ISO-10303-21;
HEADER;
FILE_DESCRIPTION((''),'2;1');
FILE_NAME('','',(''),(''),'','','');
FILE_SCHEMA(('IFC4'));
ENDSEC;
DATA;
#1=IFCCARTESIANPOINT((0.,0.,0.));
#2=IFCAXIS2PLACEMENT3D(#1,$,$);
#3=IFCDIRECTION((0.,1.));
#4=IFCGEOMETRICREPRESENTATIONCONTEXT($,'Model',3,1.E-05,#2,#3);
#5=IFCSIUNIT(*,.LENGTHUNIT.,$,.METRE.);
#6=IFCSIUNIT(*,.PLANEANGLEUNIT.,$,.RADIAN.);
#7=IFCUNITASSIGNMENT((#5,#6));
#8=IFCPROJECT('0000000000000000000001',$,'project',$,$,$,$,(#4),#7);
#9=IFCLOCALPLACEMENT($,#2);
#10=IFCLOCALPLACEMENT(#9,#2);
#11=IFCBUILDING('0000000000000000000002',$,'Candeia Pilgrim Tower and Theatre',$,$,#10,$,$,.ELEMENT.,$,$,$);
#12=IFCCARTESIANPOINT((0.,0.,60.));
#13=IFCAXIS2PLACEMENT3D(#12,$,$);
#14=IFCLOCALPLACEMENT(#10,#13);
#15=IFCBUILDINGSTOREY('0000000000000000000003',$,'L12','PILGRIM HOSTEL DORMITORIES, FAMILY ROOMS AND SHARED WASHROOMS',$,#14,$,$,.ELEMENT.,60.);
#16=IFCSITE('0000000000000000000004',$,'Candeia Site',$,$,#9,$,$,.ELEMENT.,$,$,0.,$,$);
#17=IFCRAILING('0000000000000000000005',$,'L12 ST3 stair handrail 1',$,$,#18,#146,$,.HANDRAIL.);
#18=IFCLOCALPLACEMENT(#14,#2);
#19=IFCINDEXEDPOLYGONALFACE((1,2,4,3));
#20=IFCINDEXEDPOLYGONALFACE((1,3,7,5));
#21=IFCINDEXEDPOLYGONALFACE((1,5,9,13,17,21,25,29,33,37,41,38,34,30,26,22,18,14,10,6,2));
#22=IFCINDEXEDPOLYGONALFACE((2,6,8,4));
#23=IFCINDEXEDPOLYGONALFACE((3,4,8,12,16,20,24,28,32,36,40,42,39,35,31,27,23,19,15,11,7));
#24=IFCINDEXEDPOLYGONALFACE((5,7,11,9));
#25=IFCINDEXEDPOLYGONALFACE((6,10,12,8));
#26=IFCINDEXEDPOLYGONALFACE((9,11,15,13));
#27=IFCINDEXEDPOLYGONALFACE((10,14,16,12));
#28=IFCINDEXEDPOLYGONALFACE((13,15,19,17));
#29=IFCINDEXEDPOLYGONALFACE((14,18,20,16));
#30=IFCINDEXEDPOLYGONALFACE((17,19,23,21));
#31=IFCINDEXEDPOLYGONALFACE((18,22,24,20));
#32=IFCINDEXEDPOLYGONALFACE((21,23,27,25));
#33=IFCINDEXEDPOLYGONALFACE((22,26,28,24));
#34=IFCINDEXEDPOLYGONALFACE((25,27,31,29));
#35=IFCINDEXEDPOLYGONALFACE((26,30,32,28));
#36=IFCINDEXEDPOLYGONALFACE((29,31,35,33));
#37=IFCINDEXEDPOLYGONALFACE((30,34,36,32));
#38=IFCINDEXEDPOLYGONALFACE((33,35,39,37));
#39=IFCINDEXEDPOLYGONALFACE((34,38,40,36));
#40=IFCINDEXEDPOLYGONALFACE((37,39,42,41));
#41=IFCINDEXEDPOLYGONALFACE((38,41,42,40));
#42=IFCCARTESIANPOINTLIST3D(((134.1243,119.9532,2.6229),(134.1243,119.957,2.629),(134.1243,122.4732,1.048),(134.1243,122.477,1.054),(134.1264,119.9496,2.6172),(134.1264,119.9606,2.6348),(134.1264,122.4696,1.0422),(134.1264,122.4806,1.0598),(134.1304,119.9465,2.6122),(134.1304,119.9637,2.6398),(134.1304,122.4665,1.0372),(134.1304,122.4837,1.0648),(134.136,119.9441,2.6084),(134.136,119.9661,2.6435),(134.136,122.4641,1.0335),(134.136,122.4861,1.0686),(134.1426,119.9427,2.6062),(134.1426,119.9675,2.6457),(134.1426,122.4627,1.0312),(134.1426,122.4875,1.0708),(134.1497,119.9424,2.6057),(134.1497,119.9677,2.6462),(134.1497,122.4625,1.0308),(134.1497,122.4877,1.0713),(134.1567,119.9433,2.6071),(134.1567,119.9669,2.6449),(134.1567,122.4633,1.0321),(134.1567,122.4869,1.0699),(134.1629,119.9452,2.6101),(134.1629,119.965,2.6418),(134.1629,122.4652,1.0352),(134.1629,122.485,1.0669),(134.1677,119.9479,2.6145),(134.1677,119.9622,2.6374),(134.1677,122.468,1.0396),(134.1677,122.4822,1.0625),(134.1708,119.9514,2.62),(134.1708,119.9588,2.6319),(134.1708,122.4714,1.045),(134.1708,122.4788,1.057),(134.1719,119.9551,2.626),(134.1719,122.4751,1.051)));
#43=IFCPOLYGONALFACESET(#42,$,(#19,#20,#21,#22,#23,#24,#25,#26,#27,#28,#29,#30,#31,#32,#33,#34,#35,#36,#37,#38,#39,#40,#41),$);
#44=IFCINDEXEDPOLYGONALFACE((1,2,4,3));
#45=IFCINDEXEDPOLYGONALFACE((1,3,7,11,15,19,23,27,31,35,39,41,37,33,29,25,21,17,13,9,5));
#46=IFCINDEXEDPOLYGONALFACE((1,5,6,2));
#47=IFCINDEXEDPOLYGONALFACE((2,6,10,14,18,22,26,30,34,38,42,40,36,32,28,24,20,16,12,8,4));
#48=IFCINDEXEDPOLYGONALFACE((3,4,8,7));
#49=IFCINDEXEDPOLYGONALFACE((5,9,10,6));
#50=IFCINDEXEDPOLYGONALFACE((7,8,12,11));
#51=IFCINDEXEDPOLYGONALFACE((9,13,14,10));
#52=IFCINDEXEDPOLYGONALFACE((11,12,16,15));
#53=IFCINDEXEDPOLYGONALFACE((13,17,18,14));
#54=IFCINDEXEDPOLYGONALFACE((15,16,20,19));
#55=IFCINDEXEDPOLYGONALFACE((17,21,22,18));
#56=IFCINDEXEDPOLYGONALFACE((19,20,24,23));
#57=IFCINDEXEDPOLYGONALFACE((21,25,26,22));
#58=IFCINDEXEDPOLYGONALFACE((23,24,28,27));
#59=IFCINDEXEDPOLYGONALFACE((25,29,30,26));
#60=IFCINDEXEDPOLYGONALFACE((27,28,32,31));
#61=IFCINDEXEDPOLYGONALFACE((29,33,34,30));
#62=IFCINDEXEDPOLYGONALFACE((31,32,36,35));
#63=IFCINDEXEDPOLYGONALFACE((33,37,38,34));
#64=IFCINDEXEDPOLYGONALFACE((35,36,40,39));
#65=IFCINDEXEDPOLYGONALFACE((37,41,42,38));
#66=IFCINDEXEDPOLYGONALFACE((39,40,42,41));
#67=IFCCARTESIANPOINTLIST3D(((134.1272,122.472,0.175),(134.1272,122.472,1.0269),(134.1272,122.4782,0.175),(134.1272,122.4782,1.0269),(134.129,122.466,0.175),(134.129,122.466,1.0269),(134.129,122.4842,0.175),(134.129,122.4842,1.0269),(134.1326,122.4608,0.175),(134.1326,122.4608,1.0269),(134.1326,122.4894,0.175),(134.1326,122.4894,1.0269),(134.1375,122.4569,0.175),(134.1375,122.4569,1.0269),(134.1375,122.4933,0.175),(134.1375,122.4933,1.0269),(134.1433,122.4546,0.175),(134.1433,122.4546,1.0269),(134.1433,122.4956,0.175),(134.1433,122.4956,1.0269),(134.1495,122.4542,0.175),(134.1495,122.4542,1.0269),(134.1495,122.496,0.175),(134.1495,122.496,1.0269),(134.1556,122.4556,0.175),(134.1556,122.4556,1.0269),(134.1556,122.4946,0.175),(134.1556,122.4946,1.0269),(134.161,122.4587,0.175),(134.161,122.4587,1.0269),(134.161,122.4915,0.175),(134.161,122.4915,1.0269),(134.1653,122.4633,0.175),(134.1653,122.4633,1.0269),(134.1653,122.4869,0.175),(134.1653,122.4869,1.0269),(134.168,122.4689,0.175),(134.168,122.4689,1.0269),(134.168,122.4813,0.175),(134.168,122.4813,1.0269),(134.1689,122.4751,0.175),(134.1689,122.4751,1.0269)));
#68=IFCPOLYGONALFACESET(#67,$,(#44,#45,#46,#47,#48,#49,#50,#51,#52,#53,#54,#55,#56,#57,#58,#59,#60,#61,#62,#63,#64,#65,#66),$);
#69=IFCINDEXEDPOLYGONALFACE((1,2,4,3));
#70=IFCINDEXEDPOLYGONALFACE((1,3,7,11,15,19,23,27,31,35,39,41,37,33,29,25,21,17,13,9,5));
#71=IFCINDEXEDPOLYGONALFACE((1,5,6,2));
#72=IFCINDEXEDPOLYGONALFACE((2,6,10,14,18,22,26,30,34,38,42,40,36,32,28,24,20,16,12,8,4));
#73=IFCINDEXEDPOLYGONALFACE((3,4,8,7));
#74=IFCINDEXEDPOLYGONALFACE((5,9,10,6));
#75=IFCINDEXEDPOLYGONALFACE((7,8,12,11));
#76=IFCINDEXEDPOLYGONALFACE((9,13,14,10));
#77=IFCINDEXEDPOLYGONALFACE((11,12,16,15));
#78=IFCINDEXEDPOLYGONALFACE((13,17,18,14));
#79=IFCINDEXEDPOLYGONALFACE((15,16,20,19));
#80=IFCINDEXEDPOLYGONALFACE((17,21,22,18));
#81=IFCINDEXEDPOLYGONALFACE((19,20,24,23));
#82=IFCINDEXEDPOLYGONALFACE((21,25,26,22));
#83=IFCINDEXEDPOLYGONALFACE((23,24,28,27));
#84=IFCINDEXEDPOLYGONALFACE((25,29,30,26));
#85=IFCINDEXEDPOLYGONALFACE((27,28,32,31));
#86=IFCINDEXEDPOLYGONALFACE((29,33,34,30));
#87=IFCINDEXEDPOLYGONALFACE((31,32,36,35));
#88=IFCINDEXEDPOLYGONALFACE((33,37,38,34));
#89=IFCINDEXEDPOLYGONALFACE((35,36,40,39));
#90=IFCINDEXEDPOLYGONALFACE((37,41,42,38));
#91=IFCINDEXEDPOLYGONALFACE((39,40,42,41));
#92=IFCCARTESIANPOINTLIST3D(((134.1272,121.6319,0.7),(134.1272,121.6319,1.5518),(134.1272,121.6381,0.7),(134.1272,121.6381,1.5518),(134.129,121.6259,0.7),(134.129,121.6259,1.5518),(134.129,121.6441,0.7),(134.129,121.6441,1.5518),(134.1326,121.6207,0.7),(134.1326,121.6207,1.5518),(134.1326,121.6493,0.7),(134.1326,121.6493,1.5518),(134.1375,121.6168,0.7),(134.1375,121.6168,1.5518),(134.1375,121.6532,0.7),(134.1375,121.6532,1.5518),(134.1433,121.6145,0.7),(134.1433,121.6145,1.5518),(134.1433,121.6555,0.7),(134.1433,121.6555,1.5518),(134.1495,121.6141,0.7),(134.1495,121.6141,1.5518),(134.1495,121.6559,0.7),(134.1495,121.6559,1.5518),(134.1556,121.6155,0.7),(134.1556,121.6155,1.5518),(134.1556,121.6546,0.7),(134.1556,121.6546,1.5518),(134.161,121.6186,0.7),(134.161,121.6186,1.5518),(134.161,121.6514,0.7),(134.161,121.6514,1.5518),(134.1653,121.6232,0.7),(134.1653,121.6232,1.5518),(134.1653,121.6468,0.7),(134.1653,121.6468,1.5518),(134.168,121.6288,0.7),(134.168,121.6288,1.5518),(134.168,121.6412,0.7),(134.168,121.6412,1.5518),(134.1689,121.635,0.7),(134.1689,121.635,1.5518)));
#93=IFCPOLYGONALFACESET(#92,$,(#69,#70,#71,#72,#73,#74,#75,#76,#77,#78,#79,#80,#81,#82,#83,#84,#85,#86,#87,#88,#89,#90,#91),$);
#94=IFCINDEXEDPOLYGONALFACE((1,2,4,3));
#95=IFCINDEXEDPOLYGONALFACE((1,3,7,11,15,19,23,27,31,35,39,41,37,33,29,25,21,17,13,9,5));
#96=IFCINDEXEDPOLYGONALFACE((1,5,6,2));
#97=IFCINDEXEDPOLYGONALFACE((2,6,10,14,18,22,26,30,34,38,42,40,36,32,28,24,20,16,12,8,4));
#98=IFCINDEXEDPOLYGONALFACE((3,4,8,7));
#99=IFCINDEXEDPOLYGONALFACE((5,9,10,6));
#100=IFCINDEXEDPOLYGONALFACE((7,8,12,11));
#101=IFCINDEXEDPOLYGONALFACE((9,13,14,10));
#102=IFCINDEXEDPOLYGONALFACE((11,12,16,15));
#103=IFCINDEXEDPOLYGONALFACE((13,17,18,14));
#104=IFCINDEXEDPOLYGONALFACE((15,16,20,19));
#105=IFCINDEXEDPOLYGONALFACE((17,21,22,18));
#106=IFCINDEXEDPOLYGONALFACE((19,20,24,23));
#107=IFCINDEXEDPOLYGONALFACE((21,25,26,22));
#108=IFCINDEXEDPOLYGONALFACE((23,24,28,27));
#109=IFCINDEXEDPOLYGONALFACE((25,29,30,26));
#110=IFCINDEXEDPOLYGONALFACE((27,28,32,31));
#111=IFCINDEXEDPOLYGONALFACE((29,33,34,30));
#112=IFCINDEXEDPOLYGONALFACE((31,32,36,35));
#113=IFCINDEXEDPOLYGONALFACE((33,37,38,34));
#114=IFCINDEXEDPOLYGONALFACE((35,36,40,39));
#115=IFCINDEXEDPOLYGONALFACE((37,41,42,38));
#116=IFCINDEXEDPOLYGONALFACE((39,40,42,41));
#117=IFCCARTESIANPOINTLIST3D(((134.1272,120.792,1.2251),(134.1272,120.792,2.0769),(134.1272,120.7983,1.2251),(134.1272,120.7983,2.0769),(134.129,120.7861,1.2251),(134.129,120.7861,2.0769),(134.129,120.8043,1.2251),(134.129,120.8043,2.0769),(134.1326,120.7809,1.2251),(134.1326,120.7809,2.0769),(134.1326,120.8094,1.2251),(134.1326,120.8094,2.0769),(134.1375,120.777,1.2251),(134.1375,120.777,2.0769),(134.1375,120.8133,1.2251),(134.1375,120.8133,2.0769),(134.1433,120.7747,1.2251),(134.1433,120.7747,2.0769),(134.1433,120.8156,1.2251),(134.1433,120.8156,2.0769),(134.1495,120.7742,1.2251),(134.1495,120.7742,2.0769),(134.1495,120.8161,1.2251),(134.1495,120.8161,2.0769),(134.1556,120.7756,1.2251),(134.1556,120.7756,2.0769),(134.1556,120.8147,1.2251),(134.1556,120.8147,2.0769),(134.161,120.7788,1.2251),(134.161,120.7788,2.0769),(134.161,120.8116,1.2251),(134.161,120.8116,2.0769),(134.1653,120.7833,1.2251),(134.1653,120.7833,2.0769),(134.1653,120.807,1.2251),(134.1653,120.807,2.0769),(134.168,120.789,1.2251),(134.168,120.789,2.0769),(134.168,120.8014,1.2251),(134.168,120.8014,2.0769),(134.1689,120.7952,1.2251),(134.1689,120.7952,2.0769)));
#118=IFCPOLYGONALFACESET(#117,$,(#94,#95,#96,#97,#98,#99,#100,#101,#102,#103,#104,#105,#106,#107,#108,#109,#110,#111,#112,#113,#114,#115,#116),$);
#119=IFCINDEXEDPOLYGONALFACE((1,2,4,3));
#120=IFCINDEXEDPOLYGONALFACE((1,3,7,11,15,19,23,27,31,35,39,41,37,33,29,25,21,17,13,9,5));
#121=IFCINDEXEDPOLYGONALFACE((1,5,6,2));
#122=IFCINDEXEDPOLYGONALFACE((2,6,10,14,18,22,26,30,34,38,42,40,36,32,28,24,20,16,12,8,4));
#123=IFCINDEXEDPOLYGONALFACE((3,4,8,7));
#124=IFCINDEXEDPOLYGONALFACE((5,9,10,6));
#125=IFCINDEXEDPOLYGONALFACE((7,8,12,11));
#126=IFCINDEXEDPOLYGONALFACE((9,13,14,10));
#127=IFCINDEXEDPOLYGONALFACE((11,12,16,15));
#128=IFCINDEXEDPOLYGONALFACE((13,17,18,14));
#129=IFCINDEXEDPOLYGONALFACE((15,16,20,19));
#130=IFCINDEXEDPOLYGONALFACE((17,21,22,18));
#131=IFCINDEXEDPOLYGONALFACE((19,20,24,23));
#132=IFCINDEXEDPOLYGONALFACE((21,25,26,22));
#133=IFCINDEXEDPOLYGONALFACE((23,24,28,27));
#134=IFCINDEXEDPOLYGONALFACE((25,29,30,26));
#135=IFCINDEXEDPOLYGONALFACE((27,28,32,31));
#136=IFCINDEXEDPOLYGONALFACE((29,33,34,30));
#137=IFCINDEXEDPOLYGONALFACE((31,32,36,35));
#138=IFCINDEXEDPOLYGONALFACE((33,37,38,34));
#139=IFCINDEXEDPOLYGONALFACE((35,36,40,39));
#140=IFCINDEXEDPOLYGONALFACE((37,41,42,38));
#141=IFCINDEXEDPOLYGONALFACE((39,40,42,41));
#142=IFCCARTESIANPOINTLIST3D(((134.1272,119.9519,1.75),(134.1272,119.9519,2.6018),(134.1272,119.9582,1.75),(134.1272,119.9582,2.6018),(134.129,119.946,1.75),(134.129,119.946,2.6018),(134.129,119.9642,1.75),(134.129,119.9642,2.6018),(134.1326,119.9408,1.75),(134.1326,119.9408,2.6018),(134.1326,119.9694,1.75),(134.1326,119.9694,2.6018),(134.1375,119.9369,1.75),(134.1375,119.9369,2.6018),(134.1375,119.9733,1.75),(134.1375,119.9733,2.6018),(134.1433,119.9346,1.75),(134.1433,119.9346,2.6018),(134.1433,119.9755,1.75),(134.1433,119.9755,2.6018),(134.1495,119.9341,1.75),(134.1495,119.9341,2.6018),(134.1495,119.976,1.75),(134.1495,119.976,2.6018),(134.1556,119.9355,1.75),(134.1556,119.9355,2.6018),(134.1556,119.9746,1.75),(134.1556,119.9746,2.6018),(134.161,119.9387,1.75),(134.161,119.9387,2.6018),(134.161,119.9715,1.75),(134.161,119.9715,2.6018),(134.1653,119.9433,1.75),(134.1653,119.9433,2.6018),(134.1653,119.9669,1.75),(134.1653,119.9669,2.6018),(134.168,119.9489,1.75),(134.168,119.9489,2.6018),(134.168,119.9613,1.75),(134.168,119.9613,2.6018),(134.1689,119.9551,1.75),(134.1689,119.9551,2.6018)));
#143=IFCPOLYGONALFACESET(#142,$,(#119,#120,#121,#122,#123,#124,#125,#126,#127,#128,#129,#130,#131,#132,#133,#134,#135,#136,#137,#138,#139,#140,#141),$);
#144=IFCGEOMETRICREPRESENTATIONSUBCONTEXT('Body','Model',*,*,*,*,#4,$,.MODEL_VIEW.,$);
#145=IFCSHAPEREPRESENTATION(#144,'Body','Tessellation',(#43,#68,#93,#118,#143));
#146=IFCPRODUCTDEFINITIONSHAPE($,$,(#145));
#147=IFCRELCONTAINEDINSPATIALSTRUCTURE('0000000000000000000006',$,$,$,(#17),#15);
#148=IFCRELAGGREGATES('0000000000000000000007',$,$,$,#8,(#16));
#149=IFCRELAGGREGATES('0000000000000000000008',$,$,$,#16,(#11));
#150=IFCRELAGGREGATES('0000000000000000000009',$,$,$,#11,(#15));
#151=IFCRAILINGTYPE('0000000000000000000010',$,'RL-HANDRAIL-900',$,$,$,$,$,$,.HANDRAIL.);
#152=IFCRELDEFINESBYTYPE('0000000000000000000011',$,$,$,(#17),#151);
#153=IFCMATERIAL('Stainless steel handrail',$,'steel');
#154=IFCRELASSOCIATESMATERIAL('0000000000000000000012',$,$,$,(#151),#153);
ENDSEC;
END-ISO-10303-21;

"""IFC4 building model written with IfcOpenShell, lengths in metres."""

from ifc_helpers import new_model, si_unit, direction, frame, origin, origin_2d, place, context, subcontext, project, spatial, circle, extrude, material, type_object, element, save


model = new_model("IFC4")

# Units and contexts
model_context = context("Model", 3, precision=1e-05, world=origin(), true_north=direction((0.0, 1.0)))
body_context = subcontext(model_context, "Body", "Model", "MODEL_VIEW")
ifc_project = project(units=[si_unit("LENGTHUNIT", "METRE"), si_unit("PLANEANGLEUNIT", "RADIAN")], contexts=[model_context])

# Site, building, storey
site_placement = place(None, origin())
site = spatial("IfcSite", under=ifc_project, at=site_placement, Name="Candeia Site", CompositionType="ELEMENT", RefElevation=0.0)
building_placement = place(site_placement, origin())
building = spatial("IfcBuilding", under=site, at=building_placement, Name="Candeia Pilgrim Tower and Theatre", CompositionType="ELEMENT")
storey_placement = place(building_placement, frame((0.0, 0.0, 60.0)))
storey = spatial("IfcBuildingStorey", under=building, at=storey_placement, Name="L12", Description="PILGRIM HOSTEL DORMITORIES, FAMILY ROOMS AND SHARED WASHROOMS", CompositionType="ELEMENT", Elevation=60.0)

# Railing
ifc_material_1 = material(Name="Stainless steel handrail", Category="steel")
railing_type_1 = type_object("IfcRailingType", Name="RL-HANDRAIL-900", PredefinedType="HANDRAIL", material=ifc_material_1)
railing_1_placement = place(storey_placement, frame((134.1479, 122.4751, 0.175)))
element("IfcRailing", 1, at=railing_1_placement, inside=storey, type_object=railing_type_1, Name="L12 ST3 stair handrail 1", PredefinedType="HANDRAIL", context=body_context, shape_type="SweptSolid", body=[
    extrude(circle(Radius=0.0239, at=origin_2d()), frame((0.0, 0.0, 0.876), z_axis=(0.0, -0.848008, 0.529984), x_axis=(1.0, 0.0, 0.0)), (0.0, 0.0, 1.0), 2.9717),
    extrude(circle(Radius=0.021, at=origin_2d()), origin(), (0.0, 0.0, 1.0), 0.8518),
    extrude(circle(Radius=0.021, at=origin_2d()), frame((0.0, -0.8401, 0.5249)), (0.0, 0.0, 1.0), 0.8518),
    extrude(circle(Radius=0.021, at=origin_2d()), frame((0.0, -1.6799, 1.05)), (0.0, 0.0, 1.0), 0.8518),
    extrude(circle(Radius=0.021, at=origin_2d()), frame((0.0, -2.52, 1.575)), (0.0, 0.0, 1.0), 0.8518),
])

save(model, "model.ifc")
